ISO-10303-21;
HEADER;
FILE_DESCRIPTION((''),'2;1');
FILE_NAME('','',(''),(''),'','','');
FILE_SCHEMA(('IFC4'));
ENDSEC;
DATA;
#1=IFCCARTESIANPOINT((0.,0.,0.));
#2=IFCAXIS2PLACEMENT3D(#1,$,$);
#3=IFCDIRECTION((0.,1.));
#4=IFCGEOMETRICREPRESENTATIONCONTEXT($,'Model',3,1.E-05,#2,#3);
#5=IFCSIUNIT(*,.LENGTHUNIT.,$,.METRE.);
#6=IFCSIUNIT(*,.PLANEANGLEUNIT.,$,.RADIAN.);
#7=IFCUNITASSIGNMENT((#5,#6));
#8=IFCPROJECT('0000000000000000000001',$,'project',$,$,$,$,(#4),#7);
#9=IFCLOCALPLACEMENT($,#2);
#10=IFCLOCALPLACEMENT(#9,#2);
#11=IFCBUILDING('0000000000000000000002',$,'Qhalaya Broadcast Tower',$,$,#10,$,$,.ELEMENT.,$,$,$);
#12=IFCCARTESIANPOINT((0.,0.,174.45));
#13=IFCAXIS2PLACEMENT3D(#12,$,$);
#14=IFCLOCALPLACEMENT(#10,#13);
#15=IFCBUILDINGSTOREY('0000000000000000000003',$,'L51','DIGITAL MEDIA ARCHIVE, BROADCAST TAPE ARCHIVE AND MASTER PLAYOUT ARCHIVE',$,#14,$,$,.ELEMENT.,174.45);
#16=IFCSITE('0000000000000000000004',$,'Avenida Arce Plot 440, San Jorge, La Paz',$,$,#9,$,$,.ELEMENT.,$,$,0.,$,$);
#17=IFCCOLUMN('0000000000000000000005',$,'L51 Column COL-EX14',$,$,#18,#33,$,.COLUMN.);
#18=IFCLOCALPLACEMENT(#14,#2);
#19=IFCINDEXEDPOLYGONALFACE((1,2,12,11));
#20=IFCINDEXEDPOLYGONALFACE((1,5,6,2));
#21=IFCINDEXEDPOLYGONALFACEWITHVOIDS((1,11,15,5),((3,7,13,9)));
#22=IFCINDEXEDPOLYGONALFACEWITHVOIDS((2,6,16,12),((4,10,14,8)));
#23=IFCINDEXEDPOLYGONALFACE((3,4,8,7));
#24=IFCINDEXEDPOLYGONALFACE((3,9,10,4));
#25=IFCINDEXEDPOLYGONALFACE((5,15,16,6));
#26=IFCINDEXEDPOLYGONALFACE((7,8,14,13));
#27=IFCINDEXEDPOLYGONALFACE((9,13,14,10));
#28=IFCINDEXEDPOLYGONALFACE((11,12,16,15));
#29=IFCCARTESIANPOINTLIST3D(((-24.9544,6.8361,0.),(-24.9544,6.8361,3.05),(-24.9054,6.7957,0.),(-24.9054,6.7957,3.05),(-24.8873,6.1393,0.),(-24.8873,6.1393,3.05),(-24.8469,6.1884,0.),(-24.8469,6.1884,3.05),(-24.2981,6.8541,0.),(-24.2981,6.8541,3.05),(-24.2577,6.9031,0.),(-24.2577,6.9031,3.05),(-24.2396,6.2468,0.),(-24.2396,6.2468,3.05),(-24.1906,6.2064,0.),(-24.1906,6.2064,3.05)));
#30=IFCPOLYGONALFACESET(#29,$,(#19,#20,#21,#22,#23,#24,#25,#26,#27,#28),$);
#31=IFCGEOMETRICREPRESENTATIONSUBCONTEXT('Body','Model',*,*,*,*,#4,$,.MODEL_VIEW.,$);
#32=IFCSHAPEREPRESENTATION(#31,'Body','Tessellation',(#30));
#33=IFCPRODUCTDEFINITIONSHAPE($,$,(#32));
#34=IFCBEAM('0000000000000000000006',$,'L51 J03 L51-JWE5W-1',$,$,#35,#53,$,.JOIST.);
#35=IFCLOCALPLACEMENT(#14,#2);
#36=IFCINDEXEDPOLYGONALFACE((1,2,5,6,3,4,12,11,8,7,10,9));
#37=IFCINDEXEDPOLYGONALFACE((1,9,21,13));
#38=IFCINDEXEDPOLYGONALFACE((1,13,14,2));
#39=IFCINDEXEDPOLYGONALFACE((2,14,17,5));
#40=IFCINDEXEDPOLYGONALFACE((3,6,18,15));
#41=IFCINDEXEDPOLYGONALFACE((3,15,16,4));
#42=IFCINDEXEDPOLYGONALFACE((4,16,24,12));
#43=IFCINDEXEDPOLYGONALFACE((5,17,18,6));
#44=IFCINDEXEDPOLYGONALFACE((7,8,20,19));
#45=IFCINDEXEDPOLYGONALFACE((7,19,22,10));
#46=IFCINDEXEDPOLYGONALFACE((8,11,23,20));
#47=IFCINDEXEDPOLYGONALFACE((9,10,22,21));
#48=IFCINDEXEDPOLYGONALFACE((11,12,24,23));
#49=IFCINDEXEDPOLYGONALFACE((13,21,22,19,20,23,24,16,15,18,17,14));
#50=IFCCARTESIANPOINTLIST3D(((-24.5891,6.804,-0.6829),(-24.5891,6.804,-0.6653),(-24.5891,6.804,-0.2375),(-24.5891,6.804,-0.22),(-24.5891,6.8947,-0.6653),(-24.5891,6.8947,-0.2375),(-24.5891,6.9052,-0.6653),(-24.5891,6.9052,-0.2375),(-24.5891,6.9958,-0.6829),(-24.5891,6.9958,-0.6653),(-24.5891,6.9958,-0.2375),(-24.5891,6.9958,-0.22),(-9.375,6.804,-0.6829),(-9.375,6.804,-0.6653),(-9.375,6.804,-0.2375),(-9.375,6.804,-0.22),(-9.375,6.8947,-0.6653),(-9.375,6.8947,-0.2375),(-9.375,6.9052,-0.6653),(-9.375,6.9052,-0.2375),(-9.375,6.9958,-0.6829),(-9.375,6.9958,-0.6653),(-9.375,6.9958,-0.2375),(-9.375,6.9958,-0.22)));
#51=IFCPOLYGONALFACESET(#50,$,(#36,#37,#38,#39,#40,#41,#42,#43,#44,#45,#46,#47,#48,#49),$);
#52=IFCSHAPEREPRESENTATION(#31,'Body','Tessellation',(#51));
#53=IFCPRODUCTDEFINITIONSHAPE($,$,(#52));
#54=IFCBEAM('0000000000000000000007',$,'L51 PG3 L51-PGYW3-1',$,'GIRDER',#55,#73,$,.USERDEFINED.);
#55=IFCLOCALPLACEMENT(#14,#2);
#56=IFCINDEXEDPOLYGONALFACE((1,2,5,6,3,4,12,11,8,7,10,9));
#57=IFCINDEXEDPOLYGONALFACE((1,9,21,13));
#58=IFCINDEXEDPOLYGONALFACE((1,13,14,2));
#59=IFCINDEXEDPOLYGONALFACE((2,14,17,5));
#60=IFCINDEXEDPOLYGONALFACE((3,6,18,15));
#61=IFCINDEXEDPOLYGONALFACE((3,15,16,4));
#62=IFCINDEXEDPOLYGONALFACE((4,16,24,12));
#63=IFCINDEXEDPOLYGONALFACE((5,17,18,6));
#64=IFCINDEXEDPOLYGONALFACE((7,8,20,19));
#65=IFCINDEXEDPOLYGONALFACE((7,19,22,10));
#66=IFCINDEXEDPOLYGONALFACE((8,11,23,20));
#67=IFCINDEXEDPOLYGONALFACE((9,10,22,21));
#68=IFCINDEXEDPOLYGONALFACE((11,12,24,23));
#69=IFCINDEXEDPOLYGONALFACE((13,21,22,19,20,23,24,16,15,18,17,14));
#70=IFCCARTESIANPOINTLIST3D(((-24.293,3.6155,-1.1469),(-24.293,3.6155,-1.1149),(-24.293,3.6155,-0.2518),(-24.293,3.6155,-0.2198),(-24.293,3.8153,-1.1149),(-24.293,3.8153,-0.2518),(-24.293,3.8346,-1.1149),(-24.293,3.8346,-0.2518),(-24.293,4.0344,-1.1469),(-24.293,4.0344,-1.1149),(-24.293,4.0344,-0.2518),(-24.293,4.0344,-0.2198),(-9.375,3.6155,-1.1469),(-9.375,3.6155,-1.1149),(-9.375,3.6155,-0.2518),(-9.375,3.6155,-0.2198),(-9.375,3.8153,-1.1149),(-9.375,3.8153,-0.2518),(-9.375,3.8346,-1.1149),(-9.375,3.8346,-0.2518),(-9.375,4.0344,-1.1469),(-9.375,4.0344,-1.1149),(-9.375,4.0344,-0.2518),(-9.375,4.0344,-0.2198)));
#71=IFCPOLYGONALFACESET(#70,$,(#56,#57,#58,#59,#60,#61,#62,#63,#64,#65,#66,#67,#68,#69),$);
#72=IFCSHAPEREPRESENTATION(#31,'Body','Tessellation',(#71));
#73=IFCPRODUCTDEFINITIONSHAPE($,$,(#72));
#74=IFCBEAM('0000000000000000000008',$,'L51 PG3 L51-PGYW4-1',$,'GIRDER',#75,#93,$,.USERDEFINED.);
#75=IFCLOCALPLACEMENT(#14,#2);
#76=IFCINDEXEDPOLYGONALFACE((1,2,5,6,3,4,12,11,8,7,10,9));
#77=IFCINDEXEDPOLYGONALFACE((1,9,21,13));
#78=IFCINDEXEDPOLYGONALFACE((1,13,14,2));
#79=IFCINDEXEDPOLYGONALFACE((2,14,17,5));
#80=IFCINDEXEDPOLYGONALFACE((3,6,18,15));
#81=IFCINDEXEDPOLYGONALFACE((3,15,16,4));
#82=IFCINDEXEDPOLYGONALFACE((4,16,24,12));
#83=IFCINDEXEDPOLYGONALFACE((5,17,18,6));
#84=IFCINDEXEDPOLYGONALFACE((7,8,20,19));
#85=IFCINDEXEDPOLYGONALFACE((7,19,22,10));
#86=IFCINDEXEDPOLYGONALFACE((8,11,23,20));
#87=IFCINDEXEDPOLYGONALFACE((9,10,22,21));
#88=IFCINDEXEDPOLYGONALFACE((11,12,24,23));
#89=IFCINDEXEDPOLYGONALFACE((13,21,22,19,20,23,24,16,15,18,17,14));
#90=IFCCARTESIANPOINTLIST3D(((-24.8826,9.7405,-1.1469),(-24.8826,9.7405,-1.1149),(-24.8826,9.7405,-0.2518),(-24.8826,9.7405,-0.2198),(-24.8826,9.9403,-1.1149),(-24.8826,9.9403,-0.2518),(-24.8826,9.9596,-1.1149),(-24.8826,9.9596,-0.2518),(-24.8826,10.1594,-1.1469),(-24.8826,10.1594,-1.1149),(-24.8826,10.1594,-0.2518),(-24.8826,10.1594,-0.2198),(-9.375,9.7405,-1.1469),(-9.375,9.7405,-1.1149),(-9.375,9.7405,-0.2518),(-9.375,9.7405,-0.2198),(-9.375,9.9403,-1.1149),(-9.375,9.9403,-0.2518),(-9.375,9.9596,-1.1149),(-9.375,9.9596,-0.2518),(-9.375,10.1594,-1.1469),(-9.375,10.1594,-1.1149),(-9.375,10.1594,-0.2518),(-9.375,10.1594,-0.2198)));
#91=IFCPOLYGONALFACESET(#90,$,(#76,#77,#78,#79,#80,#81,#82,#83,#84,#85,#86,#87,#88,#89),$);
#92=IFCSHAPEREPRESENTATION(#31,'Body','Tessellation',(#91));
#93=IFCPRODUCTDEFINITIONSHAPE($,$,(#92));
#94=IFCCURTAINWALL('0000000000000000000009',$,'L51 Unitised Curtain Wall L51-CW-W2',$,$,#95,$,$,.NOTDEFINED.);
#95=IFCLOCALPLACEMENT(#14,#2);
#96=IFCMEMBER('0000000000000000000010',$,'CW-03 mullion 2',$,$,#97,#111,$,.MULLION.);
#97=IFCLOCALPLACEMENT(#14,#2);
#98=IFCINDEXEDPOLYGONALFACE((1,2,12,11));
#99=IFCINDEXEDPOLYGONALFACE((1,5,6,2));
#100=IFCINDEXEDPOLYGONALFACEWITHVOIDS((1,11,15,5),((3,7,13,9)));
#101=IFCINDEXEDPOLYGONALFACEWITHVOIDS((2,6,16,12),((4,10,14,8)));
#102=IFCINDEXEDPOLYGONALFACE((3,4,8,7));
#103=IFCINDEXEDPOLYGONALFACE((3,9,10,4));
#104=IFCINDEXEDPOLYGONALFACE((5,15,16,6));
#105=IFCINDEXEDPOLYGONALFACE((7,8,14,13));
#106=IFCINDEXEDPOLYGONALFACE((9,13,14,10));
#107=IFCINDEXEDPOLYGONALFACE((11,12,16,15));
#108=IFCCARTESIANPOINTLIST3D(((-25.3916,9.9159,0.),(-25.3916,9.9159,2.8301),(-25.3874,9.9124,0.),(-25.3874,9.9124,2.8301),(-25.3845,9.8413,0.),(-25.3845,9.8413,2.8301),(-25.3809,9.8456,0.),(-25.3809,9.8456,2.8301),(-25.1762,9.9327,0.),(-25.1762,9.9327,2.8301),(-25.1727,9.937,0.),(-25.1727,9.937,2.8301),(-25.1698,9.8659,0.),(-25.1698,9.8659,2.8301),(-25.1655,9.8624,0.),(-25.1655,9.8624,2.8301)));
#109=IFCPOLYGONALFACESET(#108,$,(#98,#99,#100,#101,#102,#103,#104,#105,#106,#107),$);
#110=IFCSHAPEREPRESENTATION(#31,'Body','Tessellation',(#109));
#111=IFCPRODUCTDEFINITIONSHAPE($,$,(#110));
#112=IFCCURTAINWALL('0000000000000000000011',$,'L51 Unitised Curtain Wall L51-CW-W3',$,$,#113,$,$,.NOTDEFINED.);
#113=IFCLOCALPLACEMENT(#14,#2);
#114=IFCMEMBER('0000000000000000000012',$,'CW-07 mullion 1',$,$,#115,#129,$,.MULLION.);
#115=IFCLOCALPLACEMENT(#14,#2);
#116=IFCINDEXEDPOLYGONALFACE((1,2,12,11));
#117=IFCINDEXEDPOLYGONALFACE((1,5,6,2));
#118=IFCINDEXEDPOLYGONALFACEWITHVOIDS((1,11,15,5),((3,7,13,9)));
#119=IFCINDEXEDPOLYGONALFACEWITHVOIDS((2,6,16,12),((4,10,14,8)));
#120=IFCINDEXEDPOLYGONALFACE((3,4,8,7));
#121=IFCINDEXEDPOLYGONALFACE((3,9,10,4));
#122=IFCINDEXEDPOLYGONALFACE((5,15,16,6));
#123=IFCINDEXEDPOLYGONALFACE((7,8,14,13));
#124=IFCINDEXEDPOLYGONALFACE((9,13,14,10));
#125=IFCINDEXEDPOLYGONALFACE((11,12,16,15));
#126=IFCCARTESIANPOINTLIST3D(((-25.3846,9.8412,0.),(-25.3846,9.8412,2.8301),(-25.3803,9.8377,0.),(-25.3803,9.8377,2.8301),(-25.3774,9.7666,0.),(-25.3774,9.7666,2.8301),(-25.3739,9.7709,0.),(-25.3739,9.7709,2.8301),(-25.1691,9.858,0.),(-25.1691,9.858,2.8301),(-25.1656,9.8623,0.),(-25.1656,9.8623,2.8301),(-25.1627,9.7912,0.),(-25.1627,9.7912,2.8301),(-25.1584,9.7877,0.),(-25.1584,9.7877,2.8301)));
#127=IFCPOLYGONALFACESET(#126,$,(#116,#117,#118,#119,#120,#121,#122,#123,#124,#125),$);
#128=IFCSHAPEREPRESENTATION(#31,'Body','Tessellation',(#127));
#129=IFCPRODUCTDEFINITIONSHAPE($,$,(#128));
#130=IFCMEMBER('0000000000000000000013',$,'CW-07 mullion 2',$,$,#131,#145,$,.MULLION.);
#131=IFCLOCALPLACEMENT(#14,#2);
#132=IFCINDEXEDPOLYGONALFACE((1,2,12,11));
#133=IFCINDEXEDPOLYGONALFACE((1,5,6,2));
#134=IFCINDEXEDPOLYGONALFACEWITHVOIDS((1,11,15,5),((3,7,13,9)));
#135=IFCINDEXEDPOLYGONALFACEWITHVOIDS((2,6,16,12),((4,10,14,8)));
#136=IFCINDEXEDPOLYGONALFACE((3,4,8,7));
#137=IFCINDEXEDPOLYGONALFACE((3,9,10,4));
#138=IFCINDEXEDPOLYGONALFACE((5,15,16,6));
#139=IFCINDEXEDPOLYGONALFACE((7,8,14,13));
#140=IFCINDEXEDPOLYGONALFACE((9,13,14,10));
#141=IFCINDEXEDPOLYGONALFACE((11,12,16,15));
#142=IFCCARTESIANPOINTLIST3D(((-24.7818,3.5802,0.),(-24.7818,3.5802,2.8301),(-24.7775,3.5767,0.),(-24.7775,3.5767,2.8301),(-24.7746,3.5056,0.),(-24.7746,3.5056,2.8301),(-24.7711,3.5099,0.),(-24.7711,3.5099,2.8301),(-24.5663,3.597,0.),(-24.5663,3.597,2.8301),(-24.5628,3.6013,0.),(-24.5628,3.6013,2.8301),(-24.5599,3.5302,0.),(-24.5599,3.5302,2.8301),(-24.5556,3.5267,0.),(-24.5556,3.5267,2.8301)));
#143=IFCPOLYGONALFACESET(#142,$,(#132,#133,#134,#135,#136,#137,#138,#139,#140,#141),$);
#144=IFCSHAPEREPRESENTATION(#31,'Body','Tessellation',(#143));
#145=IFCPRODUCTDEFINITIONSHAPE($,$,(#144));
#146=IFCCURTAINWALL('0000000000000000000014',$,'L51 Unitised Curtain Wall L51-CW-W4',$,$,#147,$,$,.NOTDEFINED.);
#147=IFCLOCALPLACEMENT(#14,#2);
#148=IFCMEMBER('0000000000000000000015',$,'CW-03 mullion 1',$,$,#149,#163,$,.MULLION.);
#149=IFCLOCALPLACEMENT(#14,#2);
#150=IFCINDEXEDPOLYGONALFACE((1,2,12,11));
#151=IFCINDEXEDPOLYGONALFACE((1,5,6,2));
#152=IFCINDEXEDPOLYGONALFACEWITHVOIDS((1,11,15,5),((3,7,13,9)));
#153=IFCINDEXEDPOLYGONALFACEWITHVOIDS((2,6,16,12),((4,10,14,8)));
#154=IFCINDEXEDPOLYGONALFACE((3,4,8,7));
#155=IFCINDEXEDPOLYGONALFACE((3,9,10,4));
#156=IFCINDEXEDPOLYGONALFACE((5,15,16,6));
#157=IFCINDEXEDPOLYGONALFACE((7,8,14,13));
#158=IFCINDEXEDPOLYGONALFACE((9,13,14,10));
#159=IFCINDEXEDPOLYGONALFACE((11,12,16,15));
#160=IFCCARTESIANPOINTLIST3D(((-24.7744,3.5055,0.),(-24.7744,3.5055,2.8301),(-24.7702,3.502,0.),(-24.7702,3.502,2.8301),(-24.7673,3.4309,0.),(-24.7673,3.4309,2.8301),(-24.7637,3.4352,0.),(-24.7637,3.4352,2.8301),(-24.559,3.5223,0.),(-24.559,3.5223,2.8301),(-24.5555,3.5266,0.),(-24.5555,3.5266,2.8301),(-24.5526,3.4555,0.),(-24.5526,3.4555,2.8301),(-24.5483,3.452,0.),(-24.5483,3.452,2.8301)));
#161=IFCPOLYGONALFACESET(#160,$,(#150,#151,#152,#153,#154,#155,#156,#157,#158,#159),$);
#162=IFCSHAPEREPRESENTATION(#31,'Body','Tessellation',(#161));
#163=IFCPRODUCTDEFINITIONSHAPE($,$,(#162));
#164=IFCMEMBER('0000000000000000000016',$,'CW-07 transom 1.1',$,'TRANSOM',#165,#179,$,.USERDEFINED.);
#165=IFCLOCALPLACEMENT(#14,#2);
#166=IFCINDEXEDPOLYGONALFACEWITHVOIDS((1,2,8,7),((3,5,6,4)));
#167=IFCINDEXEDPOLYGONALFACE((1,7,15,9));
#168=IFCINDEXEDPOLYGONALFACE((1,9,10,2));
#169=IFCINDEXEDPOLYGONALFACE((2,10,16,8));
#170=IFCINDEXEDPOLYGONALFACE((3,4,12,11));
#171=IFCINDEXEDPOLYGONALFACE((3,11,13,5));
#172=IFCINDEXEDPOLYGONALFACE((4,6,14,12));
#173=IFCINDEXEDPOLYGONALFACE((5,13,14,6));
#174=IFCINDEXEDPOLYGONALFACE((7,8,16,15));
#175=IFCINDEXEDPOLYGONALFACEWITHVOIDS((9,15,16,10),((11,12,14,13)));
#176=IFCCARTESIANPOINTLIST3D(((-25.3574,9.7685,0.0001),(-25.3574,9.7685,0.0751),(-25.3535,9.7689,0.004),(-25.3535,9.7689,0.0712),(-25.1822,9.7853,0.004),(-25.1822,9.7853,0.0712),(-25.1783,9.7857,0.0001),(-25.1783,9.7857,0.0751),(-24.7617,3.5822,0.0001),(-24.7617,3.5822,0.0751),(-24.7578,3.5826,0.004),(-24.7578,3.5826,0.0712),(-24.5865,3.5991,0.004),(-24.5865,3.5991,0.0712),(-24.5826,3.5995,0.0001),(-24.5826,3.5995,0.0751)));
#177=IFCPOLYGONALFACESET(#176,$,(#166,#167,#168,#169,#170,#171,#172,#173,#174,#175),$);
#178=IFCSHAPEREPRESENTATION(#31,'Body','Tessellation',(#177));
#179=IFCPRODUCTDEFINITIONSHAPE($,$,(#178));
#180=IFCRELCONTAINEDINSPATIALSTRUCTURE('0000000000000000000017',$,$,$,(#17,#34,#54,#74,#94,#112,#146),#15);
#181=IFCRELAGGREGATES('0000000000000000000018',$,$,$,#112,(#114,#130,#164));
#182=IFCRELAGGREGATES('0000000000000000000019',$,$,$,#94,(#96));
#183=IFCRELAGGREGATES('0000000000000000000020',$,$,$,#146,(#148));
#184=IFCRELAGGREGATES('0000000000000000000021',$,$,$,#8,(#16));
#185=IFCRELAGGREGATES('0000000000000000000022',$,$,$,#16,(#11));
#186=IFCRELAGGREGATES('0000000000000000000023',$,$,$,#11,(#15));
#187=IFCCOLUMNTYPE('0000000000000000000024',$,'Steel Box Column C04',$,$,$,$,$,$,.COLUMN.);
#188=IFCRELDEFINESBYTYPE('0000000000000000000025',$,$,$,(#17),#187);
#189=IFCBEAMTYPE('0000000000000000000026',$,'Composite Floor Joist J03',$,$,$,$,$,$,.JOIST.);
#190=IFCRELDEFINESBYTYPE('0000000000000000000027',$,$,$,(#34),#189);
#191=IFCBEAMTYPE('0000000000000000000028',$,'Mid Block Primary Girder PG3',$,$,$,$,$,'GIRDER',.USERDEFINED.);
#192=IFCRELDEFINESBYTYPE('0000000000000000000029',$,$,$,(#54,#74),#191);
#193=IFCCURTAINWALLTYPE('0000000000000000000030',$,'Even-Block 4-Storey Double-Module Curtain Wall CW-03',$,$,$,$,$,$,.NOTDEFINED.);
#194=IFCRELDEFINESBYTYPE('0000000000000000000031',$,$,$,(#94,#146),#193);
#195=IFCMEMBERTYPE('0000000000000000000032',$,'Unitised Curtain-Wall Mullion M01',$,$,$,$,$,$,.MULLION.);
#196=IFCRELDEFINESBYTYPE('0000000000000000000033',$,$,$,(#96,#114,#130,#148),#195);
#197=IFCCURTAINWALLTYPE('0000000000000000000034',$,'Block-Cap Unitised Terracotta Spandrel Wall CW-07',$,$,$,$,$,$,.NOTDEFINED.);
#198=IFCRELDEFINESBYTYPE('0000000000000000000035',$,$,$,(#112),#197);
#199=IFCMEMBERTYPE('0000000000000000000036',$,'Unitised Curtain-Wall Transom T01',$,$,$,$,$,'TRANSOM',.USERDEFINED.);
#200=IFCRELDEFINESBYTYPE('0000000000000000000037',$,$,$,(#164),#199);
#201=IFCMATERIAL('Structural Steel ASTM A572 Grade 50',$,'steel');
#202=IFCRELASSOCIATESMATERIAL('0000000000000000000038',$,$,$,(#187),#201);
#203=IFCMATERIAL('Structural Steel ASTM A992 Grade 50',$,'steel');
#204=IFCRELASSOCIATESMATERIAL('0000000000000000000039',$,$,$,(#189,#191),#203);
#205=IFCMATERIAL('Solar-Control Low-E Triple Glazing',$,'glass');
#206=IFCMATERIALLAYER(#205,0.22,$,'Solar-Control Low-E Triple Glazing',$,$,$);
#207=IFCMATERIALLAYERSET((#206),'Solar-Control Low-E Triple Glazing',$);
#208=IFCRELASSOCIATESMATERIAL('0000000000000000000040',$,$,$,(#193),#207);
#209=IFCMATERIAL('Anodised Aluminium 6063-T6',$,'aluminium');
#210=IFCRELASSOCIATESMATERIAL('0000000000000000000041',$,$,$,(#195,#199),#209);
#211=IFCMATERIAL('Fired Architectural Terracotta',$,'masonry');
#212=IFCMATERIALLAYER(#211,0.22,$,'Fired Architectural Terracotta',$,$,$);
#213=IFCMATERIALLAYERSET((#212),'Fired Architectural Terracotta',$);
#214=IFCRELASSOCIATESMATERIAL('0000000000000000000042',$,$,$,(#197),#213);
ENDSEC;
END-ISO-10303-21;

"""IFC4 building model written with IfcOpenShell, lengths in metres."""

from ifc_helpers import new_model, si_unit, direction, frame, origin, origin_2d, place, context, subcontext, project, spatial, hollow_rectangle, i_section, extrude, material, layer, layer_set, material_profile, profile_set, type_object, element, aggregate, save


model = new_model("IFC4")

# Units and contexts
model_context = context("Model", 3, precision=1e-05, world=origin(), true_north=direction((0.0, 1.0)))
body_context = subcontext(model_context, "Body", "Model", "MODEL_VIEW")
ifc_project = project(units=[si_unit("LENGTHUNIT", "METRE"), si_unit("PLANEANGLEUNIT", "RADIAN")], contexts=[model_context])

# Site, building, storey
site_placement = place(None, origin())
site = spatial("IfcSite", under=ifc_project, at=site_placement, Name="Avenida Arce Plot 440, San Jorge, La Paz", CompositionType="ELEMENT", RefElevation=0.0)
building_placement = place(site_placement, origin())
building = spatial("IfcBuilding", under=site, at=building_placement, Name="Qhalaya Broadcast Tower", CompositionType="ELEMENT")
storey_placement = place(building_placement, frame((0.0, 0.0, 174.45)))
storey = spatial("IfcBuildingStorey", under=building, at=storey_placement, Name="L51", Description="DIGITAL MEDIA ARCHIVE, BROADCAST TAPE ARCHIVE AND MASTER PLAYOUT ARCHIVE", CompositionType="ELEMENT", Elevation=174.45)

# Column
ifc_material_1 = material(Name="Structural Steel ASTM A572 Grade 50", Category="steel")
ifc_material_profile_1 = material_profile(ifc_material_1, hollow_rectangle(XDim=0.7, YDim=0.7, WallThickness=0.0449, at=origin_2d()), Name="BOX 700x700x45")
ifc_profile_set_1 = profile_set([ifc_material_profile_1], Name="Structural Steel ASTM A572 Grade 50")
column_type = type_object("IfcColumnType", Name="Steel Box Column C04", PredefinedType="COLUMN", material=ifc_profile_set_1)
column_placement = place(storey_placement, frame((-24.5725, 6.5212, 0.0), z_axis=(0.0, 0.0, 1.0), x_axis=(-0.095846, 0.995396, 0.0)))
element("IfcColumn", 1, at=column_placement, inside=storey, type_object=column_type, Name="L51 Column COL-EX14", PredefinedType="COLUMN", context=body_context, shape_type="SweptSolid", body=[
    extrude(hollow_rectangle(XDim=0.7, YDim=0.7, WallThickness=0.0449, at=origin_2d()), origin(), (0.0, 0.0, 1.0), 3.05),
])

# Beams
ifc_material_2 = material(Name="Structural Steel ASTM A992 Grade 50", Category="steel")
ifc_material_profile_2 = material_profile(ifc_material_2, i_section(OverallWidth=0.1919, OverallDepth=0.4629, WebThickness=0.0105, FlangeThickness=0.0176, at=origin_2d()), Name="W18X60")
ifc_profile_set_2 = profile_set([ifc_material_profile_2], Name="Structural Steel ASTM A992 Grade 50")
beam_type_1 = type_object("IfcBeamType", Name="Composite Floor Joist J03", PredefinedType="JOIST", material=ifc_profile_set_2)
beam_1_placement = place(storey_placement, frame((-24.5891, 6.8999, -0.4514), z_axis=(1.0, 0.0, 0.0), x_axis=(0.0, 1.0, 0.0)))
element("IfcBeam", 2, at=beam_1_placement, inside=storey, type_object=beam_type_1, Name="L51 J03 L51-JWE5W-1", PredefinedType="JOIST", context=body_context, shape_type="SweptSolid", body=[
    extrude(i_section(OverallWidth=0.1919, OverallDepth=0.4629, WebThickness=0.0105, FlangeThickness=0.0176, at=origin_2d()), origin(), (0.0, 0.0, 1.0), 15.2141),
])
ifc_material_profile_3 = material_profile(ifc_material_2, i_section(OverallWidth=0.4189, OverallDepth=0.927, WebThickness=0.0193, FlangeThickness=0.032, at=origin_2d()), Name="W36X231")
ifc_profile_set_3 = profile_set([ifc_material_profile_3], Name="Structural Steel ASTM A992 Grade 50")
beam_type_2 = type_object("IfcBeamType", Name="Mid Block Primary Girder PG3", ElementType="GIRDER", PredefinedType="USERDEFINED", material=ifc_profile_set_3)
beam_2_placement = place(storey_placement, frame((-24.293, 3.825, -0.6833), z_axis=(1.0, 0.0, 0.0), x_axis=(0.0, 1.0, 0.0)))
element("IfcBeam", 3, at=beam_2_placement, inside=storey, type_object=beam_type_2, Name="L51 PG3 L51-PGYW3-1", ObjectType="GIRDER", PredefinedType="USERDEFINED", context=body_context, shape_type="SweptSolid", body=[
    extrude(i_section(OverallWidth=0.4189, OverallDepth=0.927, WebThickness=0.0193, FlangeThickness=0.032, at=origin_2d()), origin(), (0.0, 0.0, 1.0), 14.918),
])
beam_3_placement = place(storey_placement, frame((-24.8826, 9.95, -0.6833), z_axis=(1.0, 0.0, 0.0), x_axis=(0.0, 1.0, 0.0)))
element("IfcBeam", 4, at=beam_3_placement, inside=storey, type_object=beam_type_2, Name="L51 PG3 L51-PGYW4-1", ObjectType="GIRDER", PredefinedType="USERDEFINED", context=body_context, shape_type="SweptSolid", body=[
    extrude(i_section(OverallWidth=0.4189, OverallDepth=0.927, WebThickness=0.0193, FlangeThickness=0.032, at=origin_2d()), origin(), (0.0, 0.0, 1.0), 15.5076),
])

# Curtain wall, member
ifc_material_3 = material(Name="Solar-Control Low-E Triple Glazing", Category="glass")
ifc_layer_1 = layer(ifc_material_3, 0.22, Name="Solar-Control Low-E Triple Glazing")
ifc_layer_set_1 = layer_set([ifc_layer_1], Name="Solar-Control Low-E Triple Glazing")
curtain_wall_type_1 = type_object("IfcCurtainWallType", Name="Even-Block 4-Storey Double-Module Curtain Wall CW-03", PredefinedType="NOTDEFINED", material=ifc_layer_set_1)
curtain_wall_1_placement = place(storey_placement, origin())
curtain_wall_1 = element("IfcCurtainWall", 5, at=curtain_wall_1_placement, inside=storey, type_object=curtain_wall_type_1, Name="L51 Unitised Curtain Wall L51-CW-W2", PredefinedType="NOTDEFINED")
ifc_material_4 = material(Name="Anodised Aluminium 6063-T6", Category="aluminium")
ifc_material_profile_4 = material_profile(ifc_material_4, hollow_rectangle(XDim=0.075, YDim=0.22, WallThickness=0.0039, at=origin_2d()), Name="ALU-MUL 75x220x4")
ifc_profile_set_4 = profile_set([ifc_material_profile_4], Name="Anodised Aluminium 6063-T6")
member_type_1 = type_object("IfcMemberType", Name="Unitised Curtain-Wall Mullion M01", PredefinedType="MULLION", material=ifc_profile_set_4)
member_1_placement = place(storey_placement, frame((-25.2786, 9.8892, 0.0), z_axis=(0.0, 0.0, 1.0), x_axis=(0.095851, -0.995396, 0.0)))
member_1 = element("IfcMember", 6, at=member_1_placement, type_object=member_type_1, Name="CW-03 mullion 2", PredefinedType="MULLION", context=body_context, shape_type="SweptSolid", body=[
    extrude(hollow_rectangle(XDim=0.075, YDim=0.22, WallThickness=0.0039, at=origin_2d()), origin(), (0.0, 0.0, 1.0), 2.8301),
])

# Curtain wall, members
ifc_material_5 = material(Name="Fired Architectural Terracotta", Category="masonry")
ifc_layer_2 = layer(ifc_material_5, 0.22, Name="Fired Architectural Terracotta")
ifc_layer_set_2 = layer_set([ifc_layer_2], Name="Fired Architectural Terracotta")
curtain_wall_type_2 = type_object("IfcCurtainWallType", Name="Block-Cap Unitised Terracotta Spandrel Wall CW-07", PredefinedType="NOTDEFINED", material=ifc_layer_set_2)
curtain_wall_2_placement = place(storey_placement, origin())
curtain_wall_2 = element("IfcCurtainWall", 7, at=curtain_wall_2_placement, inside=storey, type_object=curtain_wall_type_2, Name="L51 Unitised Curtain Wall L51-CW-W3", PredefinedType="NOTDEFINED")
member_2_placement = place(storey_placement, frame((-25.2715, 9.8145, 0.0), z_axis=(0.0, 0.0, 1.0), x_axis=(0.095837, -0.995397, 0.0)))
member_2 = element("IfcMember", 8, at=member_2_placement, type_object=member_type_1, Name="CW-07 mullion 1", PredefinedType="MULLION", context=body_context, shape_type="SweptSolid", body=[
    extrude(hollow_rectangle(XDim=0.075, YDim=0.22, WallThickness=0.0039, at=origin_2d()), origin(), (0.0, 0.0, 1.0), 2.8301),
])
member_3_placement = place(storey_placement, frame((-24.6687, 3.5535, 0.0), z_axis=(0.0, 0.0, 1.0), x_axis=(0.095837, -0.995397, 0.0)))
member_3 = element("IfcMember", 9, at=member_3_placement, type_object=member_type_1, Name="CW-07 mullion 2", PredefinedType="MULLION", context=body_context, shape_type="SweptSolid", body=[
    extrude(hollow_rectangle(XDim=0.075, YDim=0.22, WallThickness=0.0039, at=origin_2d()), origin(), (0.0, 0.0, 1.0), 2.8301),
])

# Curtain wall, member
curtain_wall_3_placement = place(storey_placement, origin())
curtain_wall_3 = element("IfcCurtainWall", 10, at=curtain_wall_3_placement, inside=storey, type_object=curtain_wall_type_1, Name="L51 Unitised Curtain Wall L51-CW-W4", PredefinedType="NOTDEFINED")
member_4_placement = place(storey_placement, frame((-24.6614, 3.4788, 0.0), z_axis=(0.0, 0.0, 1.0), x_axis=(0.095851, -0.995396, 0.0)))
member_4 = element("IfcMember", 11, at=member_4_placement, type_object=member_type_1, Name="CW-03 mullion 1", PredefinedType="MULLION", context=body_context, shape_type="SweptSolid", body=[
    extrude(hollow_rectangle(XDim=0.075, YDim=0.22, WallThickness=0.0039, at=origin_2d()), origin(), (0.0, 0.0, 1.0), 2.8301),
])

# Member
ifc_material_profile_5 = material_profile(ifc_material_4, hollow_rectangle(XDim=0.075, YDim=0.1799, WallThickness=0.0039, at=origin_2d()), Name="ALU-TRN 75x180x4")
ifc_profile_set_5 = profile_set([ifc_material_profile_5], Name="Anodised Aluminium 6063-T6")
member_type_2 = type_object("IfcMemberType", Name="Unitised Curtain-Wall Transom T01", ElementType="TRANSOM", PredefinedType="USERDEFINED", material=ifc_profile_set_5)
member_5_placement = place(storey_placement, frame((-25.2678, 9.7771, 0.0376), z_axis=(0.095851, -0.995396, 0.0), x_axis=(0.0, 0.0, 1.0)))
member_5 = element("IfcMember", 12, at=member_5_placement, type_object=member_type_2, Name="CW-07 transom 1.1", ObjectType="TRANSOM", PredefinedType="USERDEFINED", context=body_context, shape_type="SweptSolid", body=[
    extrude(hollow_rectangle(XDim=0.075, YDim=0.1799, WallThickness=0.0039, at=origin_2d()), origin(), (0.0, 0.0, 1.0), 6.2148),
])

aggregate(curtain_wall_2, [member_2, member_3, member_5])
aggregate(curtain_wall_1, [member_1])
aggregate(curtain_wall_3, [member_4])

save(model, "model.ifc")
